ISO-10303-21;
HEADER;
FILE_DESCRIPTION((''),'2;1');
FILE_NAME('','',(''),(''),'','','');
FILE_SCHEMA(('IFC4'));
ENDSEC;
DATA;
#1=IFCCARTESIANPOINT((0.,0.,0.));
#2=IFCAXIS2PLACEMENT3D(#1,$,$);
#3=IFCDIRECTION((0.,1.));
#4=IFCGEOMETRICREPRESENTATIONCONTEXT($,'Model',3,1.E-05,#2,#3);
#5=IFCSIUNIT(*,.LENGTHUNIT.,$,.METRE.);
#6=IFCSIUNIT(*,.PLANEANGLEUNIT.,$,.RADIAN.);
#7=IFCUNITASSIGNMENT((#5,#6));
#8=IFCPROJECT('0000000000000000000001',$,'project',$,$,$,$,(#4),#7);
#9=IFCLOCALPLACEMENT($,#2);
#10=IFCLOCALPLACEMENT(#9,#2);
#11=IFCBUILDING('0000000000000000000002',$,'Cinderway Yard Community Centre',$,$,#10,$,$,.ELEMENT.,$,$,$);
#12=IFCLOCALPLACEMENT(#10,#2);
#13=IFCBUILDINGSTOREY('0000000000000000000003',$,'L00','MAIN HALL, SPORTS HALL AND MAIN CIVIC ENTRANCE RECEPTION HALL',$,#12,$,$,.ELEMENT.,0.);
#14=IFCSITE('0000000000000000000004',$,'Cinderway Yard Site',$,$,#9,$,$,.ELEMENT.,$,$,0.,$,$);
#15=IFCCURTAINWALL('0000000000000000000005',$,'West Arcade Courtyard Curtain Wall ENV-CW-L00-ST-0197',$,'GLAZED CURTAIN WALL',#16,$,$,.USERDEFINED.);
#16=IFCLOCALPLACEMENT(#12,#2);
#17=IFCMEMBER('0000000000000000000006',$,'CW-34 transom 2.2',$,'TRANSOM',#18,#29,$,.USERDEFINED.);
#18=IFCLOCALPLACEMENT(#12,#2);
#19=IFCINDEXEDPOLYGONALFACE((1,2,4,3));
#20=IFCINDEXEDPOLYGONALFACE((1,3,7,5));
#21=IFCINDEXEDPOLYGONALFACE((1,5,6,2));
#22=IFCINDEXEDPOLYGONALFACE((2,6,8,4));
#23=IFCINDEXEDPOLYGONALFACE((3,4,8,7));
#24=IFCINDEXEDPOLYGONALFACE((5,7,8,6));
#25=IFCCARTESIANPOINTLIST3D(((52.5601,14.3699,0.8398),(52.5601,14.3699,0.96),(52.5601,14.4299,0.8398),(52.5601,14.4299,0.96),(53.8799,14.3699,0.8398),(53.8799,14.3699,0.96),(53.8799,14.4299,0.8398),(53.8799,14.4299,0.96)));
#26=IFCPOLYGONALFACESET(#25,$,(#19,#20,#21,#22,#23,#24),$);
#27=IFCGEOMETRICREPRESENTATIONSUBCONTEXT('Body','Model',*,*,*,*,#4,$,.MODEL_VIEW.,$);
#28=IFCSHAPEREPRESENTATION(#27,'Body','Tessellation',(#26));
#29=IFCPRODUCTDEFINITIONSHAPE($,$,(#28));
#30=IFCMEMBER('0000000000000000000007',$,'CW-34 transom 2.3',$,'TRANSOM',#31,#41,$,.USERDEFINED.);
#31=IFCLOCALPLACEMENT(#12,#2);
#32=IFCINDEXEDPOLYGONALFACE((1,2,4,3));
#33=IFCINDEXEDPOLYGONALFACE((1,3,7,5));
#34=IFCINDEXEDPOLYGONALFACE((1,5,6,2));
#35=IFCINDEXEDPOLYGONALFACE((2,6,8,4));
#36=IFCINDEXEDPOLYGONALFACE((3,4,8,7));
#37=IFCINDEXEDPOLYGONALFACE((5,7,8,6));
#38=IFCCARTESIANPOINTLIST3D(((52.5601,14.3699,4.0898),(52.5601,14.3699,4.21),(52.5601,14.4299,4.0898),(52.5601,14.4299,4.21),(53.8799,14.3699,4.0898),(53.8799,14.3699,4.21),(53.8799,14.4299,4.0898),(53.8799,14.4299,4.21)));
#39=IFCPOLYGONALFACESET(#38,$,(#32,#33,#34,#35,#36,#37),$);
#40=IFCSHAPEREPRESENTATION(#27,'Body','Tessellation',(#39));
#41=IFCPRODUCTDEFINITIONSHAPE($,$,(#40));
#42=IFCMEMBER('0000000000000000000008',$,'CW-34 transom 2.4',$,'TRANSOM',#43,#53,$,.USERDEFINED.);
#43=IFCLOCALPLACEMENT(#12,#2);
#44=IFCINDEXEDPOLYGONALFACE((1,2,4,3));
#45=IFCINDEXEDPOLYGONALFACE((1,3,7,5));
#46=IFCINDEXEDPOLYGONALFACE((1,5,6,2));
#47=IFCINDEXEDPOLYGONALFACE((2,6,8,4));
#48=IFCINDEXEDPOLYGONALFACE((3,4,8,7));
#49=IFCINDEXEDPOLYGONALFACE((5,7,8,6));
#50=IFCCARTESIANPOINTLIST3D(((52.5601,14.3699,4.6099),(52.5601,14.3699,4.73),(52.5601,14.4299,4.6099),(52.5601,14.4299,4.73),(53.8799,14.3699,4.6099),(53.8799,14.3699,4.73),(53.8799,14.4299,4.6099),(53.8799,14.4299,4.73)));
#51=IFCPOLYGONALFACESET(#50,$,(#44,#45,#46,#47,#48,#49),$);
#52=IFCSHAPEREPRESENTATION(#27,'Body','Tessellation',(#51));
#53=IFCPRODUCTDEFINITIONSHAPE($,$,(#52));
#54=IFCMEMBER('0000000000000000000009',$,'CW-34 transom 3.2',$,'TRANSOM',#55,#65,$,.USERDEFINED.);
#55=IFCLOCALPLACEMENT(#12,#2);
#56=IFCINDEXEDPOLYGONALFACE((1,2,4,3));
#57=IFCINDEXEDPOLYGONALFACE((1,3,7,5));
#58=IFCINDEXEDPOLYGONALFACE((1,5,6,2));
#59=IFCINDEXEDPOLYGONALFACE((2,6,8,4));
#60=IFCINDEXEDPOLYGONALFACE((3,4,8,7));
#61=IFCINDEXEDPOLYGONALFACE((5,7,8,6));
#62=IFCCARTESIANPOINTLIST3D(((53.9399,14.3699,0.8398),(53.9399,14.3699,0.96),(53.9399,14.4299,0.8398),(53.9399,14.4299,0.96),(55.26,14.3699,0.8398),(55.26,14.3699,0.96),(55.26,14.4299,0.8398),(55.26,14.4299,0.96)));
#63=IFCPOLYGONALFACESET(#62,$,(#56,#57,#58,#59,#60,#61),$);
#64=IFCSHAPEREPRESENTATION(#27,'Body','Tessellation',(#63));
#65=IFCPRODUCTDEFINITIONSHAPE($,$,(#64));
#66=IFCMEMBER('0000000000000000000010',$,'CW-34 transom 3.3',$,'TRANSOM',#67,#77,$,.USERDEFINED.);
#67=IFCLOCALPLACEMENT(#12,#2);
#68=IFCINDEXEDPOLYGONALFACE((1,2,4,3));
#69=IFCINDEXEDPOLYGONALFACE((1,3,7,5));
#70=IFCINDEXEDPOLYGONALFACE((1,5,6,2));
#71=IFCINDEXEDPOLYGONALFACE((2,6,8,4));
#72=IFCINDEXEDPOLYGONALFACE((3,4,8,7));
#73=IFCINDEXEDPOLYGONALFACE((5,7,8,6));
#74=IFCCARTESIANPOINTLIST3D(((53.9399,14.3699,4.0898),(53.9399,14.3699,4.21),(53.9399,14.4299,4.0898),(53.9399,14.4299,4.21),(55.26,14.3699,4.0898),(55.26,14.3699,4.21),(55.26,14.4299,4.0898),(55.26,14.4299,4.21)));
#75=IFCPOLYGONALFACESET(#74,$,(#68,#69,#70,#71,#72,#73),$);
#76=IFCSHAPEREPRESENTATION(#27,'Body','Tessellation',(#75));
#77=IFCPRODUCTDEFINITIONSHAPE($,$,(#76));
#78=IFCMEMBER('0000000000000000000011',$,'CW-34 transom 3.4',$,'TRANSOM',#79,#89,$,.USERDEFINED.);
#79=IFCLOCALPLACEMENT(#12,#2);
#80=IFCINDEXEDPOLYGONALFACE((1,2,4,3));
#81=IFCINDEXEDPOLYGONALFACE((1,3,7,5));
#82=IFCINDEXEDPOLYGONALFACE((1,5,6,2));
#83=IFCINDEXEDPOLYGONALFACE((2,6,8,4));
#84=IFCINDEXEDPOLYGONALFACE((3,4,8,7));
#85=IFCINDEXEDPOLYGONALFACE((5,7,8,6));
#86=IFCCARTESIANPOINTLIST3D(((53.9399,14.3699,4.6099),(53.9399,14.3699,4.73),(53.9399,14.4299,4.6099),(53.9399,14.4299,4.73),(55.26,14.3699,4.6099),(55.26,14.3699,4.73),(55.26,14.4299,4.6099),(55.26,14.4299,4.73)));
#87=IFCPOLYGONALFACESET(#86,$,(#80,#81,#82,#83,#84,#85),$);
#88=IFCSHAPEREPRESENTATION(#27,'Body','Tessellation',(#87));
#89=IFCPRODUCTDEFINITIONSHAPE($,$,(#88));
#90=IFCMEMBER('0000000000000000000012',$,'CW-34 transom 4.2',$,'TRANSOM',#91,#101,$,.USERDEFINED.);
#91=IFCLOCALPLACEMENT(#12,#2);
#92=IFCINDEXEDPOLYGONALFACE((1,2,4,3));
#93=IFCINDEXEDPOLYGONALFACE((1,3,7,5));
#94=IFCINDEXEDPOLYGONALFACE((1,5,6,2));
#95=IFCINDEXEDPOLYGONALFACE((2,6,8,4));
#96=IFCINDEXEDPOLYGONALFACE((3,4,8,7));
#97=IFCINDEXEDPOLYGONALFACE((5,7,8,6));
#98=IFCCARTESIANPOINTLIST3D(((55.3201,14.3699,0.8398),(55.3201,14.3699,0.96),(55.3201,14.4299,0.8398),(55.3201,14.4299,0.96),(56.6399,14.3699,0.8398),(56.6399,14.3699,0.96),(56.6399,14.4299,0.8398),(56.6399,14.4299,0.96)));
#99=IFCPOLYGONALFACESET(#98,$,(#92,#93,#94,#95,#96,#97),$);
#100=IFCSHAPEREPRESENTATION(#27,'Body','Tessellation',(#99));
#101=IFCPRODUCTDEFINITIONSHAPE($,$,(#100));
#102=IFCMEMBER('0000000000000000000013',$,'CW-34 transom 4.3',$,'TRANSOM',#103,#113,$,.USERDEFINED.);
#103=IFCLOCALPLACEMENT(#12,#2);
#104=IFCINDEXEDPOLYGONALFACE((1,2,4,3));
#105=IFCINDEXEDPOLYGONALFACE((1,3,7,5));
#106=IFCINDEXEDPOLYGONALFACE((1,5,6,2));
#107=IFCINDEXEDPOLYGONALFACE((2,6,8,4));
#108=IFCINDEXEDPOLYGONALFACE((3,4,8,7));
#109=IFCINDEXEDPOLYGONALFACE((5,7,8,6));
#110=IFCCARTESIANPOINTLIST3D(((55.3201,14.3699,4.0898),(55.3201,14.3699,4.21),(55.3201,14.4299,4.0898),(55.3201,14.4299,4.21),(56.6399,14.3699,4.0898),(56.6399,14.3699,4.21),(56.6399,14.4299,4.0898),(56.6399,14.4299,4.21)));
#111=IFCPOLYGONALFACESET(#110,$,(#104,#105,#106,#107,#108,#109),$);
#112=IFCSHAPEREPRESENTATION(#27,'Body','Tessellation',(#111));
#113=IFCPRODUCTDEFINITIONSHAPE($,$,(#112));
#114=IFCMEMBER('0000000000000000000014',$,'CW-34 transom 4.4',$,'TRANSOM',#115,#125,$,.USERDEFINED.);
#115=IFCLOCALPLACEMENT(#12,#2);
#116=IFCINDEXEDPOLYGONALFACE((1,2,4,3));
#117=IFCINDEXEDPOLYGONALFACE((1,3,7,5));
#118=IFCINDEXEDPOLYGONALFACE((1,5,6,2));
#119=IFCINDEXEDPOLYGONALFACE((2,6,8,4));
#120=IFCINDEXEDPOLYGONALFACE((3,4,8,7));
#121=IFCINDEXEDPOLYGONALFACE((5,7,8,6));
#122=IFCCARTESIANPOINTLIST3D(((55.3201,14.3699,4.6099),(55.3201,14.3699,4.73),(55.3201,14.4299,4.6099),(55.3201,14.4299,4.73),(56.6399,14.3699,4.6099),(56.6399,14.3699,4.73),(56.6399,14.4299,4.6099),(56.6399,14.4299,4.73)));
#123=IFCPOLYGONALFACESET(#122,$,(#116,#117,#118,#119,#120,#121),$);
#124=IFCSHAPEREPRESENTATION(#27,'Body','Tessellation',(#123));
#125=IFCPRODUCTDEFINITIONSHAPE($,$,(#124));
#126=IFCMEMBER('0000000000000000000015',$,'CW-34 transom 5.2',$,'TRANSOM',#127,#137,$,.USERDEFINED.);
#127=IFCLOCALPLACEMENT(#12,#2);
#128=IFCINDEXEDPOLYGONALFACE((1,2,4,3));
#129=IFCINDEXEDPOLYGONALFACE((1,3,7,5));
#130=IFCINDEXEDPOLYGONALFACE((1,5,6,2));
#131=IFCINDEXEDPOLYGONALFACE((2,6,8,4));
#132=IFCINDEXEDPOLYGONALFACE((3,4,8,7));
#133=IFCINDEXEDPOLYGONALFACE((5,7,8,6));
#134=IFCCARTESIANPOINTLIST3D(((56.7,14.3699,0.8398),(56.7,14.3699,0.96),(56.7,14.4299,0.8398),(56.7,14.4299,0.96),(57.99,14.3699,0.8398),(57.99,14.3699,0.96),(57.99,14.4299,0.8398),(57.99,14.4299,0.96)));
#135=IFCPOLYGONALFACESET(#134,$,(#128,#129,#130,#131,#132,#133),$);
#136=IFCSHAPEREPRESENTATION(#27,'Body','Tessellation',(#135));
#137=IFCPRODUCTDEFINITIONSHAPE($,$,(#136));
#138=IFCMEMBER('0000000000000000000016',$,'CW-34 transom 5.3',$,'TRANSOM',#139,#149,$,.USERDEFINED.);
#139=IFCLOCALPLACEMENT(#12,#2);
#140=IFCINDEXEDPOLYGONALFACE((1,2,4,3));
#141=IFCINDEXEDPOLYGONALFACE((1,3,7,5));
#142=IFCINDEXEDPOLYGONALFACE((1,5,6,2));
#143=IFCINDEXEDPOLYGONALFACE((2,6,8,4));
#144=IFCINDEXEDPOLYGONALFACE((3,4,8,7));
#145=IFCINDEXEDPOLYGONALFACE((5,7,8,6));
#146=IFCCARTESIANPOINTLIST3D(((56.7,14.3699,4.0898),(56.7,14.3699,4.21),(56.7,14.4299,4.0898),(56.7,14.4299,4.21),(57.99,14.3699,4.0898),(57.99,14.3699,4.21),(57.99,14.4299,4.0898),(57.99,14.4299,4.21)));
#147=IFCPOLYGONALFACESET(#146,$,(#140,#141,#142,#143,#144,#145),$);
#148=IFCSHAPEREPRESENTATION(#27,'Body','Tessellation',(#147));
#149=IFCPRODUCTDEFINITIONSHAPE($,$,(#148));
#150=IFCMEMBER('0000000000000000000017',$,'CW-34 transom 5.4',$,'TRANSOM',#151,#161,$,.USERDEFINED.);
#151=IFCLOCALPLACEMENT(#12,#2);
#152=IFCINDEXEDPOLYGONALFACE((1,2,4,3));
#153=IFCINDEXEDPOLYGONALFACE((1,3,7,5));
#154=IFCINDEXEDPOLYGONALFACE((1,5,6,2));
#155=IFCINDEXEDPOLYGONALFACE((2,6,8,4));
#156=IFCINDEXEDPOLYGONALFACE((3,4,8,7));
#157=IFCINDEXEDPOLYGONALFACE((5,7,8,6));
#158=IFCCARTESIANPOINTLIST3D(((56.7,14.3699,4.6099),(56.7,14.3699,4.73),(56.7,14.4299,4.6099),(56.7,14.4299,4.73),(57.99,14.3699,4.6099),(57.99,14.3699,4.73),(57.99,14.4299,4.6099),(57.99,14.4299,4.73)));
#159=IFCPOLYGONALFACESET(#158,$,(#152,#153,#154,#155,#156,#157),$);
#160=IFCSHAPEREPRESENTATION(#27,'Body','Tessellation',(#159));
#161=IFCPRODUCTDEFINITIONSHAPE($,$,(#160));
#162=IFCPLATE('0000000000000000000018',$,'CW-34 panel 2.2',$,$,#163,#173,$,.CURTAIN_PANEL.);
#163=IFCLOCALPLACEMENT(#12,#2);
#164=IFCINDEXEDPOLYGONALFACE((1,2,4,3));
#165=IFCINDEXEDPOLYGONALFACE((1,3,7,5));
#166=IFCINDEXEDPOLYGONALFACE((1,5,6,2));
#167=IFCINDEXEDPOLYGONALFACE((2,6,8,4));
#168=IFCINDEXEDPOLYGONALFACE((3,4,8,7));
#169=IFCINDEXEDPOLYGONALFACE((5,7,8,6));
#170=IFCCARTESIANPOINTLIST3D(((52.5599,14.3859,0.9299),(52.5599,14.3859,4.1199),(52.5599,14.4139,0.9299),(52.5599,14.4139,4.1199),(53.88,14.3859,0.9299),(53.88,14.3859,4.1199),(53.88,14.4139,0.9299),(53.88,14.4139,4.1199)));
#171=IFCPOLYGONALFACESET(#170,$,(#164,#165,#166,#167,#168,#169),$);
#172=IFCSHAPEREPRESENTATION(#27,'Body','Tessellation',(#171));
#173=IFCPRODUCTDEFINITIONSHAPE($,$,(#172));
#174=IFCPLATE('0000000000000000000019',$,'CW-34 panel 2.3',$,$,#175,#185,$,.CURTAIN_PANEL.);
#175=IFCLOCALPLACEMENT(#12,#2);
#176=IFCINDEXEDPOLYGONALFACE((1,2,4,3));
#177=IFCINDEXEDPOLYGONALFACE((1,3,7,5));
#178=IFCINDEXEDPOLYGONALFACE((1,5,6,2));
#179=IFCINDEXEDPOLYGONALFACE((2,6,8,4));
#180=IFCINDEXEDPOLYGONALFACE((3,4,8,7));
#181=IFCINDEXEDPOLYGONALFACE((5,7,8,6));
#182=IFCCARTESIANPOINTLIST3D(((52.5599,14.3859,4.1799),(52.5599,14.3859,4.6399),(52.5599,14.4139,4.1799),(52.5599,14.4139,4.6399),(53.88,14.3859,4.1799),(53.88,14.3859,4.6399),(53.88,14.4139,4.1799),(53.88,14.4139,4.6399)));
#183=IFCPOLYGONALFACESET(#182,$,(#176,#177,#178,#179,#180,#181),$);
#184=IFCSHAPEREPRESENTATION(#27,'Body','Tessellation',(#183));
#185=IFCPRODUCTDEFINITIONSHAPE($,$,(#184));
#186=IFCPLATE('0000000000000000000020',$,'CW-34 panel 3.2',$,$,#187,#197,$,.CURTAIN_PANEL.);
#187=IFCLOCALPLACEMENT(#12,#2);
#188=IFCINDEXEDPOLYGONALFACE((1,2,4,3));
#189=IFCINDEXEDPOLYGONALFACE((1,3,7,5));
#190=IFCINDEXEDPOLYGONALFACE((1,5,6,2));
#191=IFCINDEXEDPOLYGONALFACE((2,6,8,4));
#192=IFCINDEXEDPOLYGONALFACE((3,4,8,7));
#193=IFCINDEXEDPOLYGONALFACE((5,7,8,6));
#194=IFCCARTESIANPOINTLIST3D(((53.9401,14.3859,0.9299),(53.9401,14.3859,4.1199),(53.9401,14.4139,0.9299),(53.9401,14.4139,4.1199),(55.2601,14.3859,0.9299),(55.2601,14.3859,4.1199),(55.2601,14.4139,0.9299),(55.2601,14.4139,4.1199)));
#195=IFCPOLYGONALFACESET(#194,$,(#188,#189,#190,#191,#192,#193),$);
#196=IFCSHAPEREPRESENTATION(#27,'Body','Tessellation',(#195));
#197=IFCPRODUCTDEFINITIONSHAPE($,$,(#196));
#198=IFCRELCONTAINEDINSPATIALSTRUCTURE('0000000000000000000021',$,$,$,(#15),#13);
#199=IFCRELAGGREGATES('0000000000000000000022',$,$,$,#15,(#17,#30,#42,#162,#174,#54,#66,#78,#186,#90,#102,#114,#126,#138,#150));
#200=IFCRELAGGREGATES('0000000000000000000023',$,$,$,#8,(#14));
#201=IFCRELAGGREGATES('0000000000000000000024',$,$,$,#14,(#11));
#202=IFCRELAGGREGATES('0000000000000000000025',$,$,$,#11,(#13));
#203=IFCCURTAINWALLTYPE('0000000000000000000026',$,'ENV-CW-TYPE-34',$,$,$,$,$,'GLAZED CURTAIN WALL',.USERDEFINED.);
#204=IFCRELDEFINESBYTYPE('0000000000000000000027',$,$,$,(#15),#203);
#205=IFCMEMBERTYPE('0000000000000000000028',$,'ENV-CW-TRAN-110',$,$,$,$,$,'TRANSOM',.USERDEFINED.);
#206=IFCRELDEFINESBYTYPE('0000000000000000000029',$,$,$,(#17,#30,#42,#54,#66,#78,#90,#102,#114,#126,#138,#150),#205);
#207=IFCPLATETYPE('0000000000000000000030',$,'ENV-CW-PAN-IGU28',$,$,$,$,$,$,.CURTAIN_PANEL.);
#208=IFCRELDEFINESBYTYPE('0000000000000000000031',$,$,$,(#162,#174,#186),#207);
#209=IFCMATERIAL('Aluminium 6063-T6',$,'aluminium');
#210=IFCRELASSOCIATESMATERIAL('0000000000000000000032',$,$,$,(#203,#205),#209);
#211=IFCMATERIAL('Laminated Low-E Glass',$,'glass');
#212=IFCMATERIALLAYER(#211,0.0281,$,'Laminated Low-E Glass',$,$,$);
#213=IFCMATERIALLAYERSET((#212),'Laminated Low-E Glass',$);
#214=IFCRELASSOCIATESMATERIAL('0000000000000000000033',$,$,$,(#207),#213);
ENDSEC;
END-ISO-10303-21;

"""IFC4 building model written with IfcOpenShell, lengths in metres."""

from ifc_helpers import new_model, si_unit, direction, frame, origin, origin_2d, place, context, subcontext, project, spatial, rectangle, extrude, material, layer, layer_set, material_profile, profile_set, type_object, element, aggregate, save


model = new_model("IFC4")

# Units and contexts
model_context = context("Model", 3, precision=1e-05, world=origin(), true_north=direction((0.0, 1.0)))
body_context = subcontext(model_context, "Body", "Model", "MODEL_VIEW")
ifc_project = project(units=[si_unit("LENGTHUNIT", "METRE"), si_unit("PLANEANGLEUNIT", "RADIAN")], contexts=[model_context])

# Site, building, storey
site_placement = place(None, origin())
site = spatial("IfcSite", under=ifc_project, at=site_placement, Name="Cinderway Yard Site", CompositionType="ELEMENT", RefElevation=0.0)
building_placement = place(site_placement, origin())
building = spatial("IfcBuilding", under=site, at=building_placement, Name="Cinderway Yard Community Centre", CompositionType="ELEMENT")
storey_placement = place(building_placement, origin())
storey = spatial("IfcBuildingStorey", under=building, at=storey_placement, Name="L00", Description="MAIN HALL, SPORTS HALL AND MAIN CIVIC ENTRANCE RECEPTION HALL", CompositionType="ELEMENT", Elevation=0.0)

# Curtain wall, members, plates
ifc_material_1 = material(Name="Aluminium 6063-T6", Category="aluminium")
curtain_wall_type = type_object("IfcCurtainWallType", Name="ENV-CW-TYPE-34", ElementType="GLAZED CURTAIN WALL", PredefinedType="USERDEFINED", material=ifc_material_1)
curtain_wall_placement = place(storey_placement, origin())
curtain_wall = element("IfcCurtainWall", 1, at=curtain_wall_placement, inside=storey, type_object=curtain_wall_type, Name="West Arcade Courtyard Curtain Wall ENV-CW-L00-ST-0197", ObjectType="GLAZED CURTAIN WALL", PredefinedType="USERDEFINED")
ifc_material_profile = material_profile(ifc_material_1, rectangle(XDim=0.0601, YDim=0.1201, at=origin_2d()), Name="Aluminium 6063-T6")
ifc_profile_set = profile_set([ifc_material_profile], Name="Aluminium 6063-T6")
member_type = type_object("IfcMemberType", Name="ENV-CW-TRAN-110", ElementType="TRANSOM", PredefinedType="USERDEFINED", material=ifc_profile_set)
member_1_placement = place(storey_placement, frame((52.5601, 14.3999, 0.8999), z_axis=(1.0, 0.0, 0.0), x_axis=(0.0, 1.0, 0.0)))
member_1 = element("IfcMember", 2, at=member_1_placement, type_object=member_type, Name="CW-34 transom 2.2", ObjectType="TRANSOM", PredefinedType="USERDEFINED", context=body_context, shape_type="SweptSolid", body=[
    extrude(rectangle(XDim=0.0601, YDim=0.1201, at=origin_2d()), origin(), (0.0, 0.0, 1.0), 1.3198),
])
member_2_placement = place(storey_placement, frame((52.5601, 14.3999, 4.1499), z_axis=(1.0, 0.0, 0.0), x_axis=(0.0, 1.0, 0.0)))
member_2 = element("IfcMember", 3, at=member_2_placement, type_object=member_type, Name="CW-34 transom 2.3", ObjectType="TRANSOM", PredefinedType="USERDEFINED", context=body_context, shape_type="SweptSolid", body=[
    extrude(rectangle(XDim=0.0601, YDim=0.1201, at=origin_2d()), origin(), (0.0, 0.0, 1.0), 1.3198),
])
member_3_placement = place(storey_placement, frame((52.5601, 14.3999, 4.6699), z_axis=(1.0, 0.0, 0.0), x_axis=(0.0, 1.0, 0.0)))
member_3 = element("IfcMember", 4, at=member_3_placement, type_object=member_type, Name="CW-34 transom 2.4", ObjectType="TRANSOM", PredefinedType="USERDEFINED", context=body_context, shape_type="SweptSolid", body=[
    extrude(rectangle(XDim=0.0601, YDim=0.1201, at=origin_2d()), origin(), (0.0, 0.0, 1.0), 1.3198),
])
member_4_placement = place(storey_placement, frame((53.9399, 14.3999, 0.8999), z_axis=(1.0, 0.0, 0.0), x_axis=(0.0, 1.0, 0.0)))
member_4 = element("IfcMember", 5, at=member_4_placement, type_object=member_type, Name="CW-34 transom 3.2", ObjectType="TRANSOM", PredefinedType="USERDEFINED", context=body_context, shape_type="SweptSolid", body=[
    extrude(rectangle(XDim=0.0601, YDim=0.1201, at=origin_2d()), origin(), (0.0, 0.0, 1.0), 1.3201),
])
member_5_placement = place(storey_placement, frame((53.9399, 14.3999, 4.1499), z_axis=(1.0, 0.0, 0.0), x_axis=(0.0, 1.0, 0.0)))
member_5 = element("IfcMember", 6, at=member_5_placement, type_object=member_type, Name="CW-34 transom 3.3", ObjectType="TRANSOM", PredefinedType="USERDEFINED", context=body_context, shape_type="SweptSolid", body=[
    extrude(rectangle(XDim=0.0601, YDim=0.1201, at=origin_2d()), origin(), (0.0, 0.0, 1.0), 1.3201),
])
member_6_placement = place(storey_placement, frame((53.9399, 14.3999, 4.6699), z_axis=(1.0, 0.0, 0.0), x_axis=(0.0, 1.0, 0.0)))
member_6 = element("IfcMember", 7, at=member_6_placement, type_object=member_type, Name="CW-34 transom 3.4", ObjectType="TRANSOM", PredefinedType="USERDEFINED", context=body_context, shape_type="SweptSolid", body=[
    extrude(rectangle(XDim=0.0601, YDim=0.1201, at=origin_2d()), origin(), (0.0, 0.0, 1.0), 1.3201),
])
member_7_placement = place(storey_placement, frame((55.3201, 14.3999, 0.8999), z_axis=(1.0, 0.0, 0.0), x_axis=(0.0, 1.0, 0.0)))
member_7 = element("IfcMember", 8, at=member_7_placement, type_object=member_type, Name="CW-34 transom 4.2", ObjectType="TRANSOM", PredefinedType="USERDEFINED", context=body_context, shape_type="SweptSolid", body=[
    extrude(rectangle(XDim=0.0601, YDim=0.1201, at=origin_2d()), origin(), (0.0, 0.0, 1.0), 1.3198),
])
member_8_placement = place(storey_placement, frame((55.3201, 14.3999, 4.1499), z_axis=(1.0, 0.0, 0.0), x_axis=(0.0, 1.0, 0.0)))
member_8 = element("IfcMember", 9, at=member_8_placement, type_object=member_type, Name="CW-34 transom 4.3", ObjectType="TRANSOM", PredefinedType="USERDEFINED", context=body_context, shape_type="SweptSolid", body=[
    extrude(rectangle(XDim=0.0601, YDim=0.1201, at=origin_2d()), origin(), (0.0, 0.0, 1.0), 1.3198),
])
member_9_placement = place(storey_placement, frame((55.3201, 14.3999, 4.6699), z_axis=(1.0, 0.0, 0.0), x_axis=(0.0, 1.0, 0.0)))
member_9 = element("IfcMember", 10, at=member_9_placement, type_object=member_type, Name="CW-34 transom 4.4", ObjectType="TRANSOM", PredefinedType="USERDEFINED", context=body_context, shape_type="SweptSolid", body=[
    extrude(rectangle(XDim=0.0601, YDim=0.1201, at=origin_2d()), origin(), (0.0, 0.0, 1.0), 1.3198),
])
member_10_placement = place(storey_placement, frame((56.7, 14.3999, 0.8999), z_axis=(1.0, 0.0, 0.0), x_axis=(0.0, 1.0, 0.0)))
member_10 = element("IfcMember", 11, at=member_10_placement, type_object=member_type, Name="CW-34 transom 5.2", ObjectType="TRANSOM", PredefinedType="USERDEFINED", context=body_context, shape_type="SweptSolid", body=[
    extrude(rectangle(XDim=0.0601, YDim=0.1201, at=origin_2d()), origin(), (0.0, 0.0, 1.0), 1.29),
])
member_11_placement = place(storey_placement, frame((56.7, 14.3999, 4.1499), z_axis=(1.0, 0.0, 0.0), x_axis=(0.0, 1.0, 0.0)))
member_11 = element("IfcMember", 12, at=member_11_placement, type_object=member_type, Name="CW-34 transom 5.3", ObjectType="TRANSOM", PredefinedType="USERDEFINED", context=body_context, shape_type="SweptSolid", body=[
    extrude(rectangle(XDim=0.0601, YDim=0.1201, at=origin_2d()), origin(), (0.0, 0.0, 1.0), 1.29),
])
member_12_placement = place(storey_placement, frame((56.7, 14.3999, 4.6699), z_axis=(1.0, 0.0, 0.0), x_axis=(0.0, 1.0, 0.0)))
member_12 = element("IfcMember", 13, at=member_12_placement, type_object=member_type, Name="CW-34 transom 5.4", ObjectType="TRANSOM", PredefinedType="USERDEFINED", context=body_context, shape_type="SweptSolid", body=[
    extrude(rectangle(XDim=0.0601, YDim=0.1201, at=origin_2d()), origin(), (0.0, 0.0, 1.0), 1.29),
])
ifc_material_2 = material(Name="Laminated Low-E Glass", Category="glass")
ifc_layer_1 = layer(ifc_material_2, 0.0281, Name="Laminated Low-E Glass")
ifc_layer_set_1 = layer_set([ifc_layer_1], Name="Laminated Low-E Glass")
plate_type = type_object("IfcPlateType", Name="ENV-CW-PAN-IGU28", PredefinedType="CURTAIN_PANEL", material=ifc_layer_set_1)
plate_1_placement = place(storey_placement, frame((53.22, 14.3999, 0.9299), z_axis=(0.0, 0.0, 1.0), x_axis=(1.0, 0.0, 0.0)))
plate_1 = element("IfcPlate", 14, at=plate_1_placement, type_object=plate_type, Name="CW-34 panel 2.2", PredefinedType="CURTAIN_PANEL", context=body_context, shape_type="SweptSolid", body=[
    extrude(rectangle(XDim=1.3201, YDim=0.0281, at=origin_2d()), origin(), (0.0, 0.0, 1.0), 3.1899),
])
plate_2_placement = place(storey_placement, frame((53.22, 14.3999, 4.1799), z_axis=(0.0, 0.0, 1.0), x_axis=(1.0, 0.0, 0.0)))
plate_2 = element("IfcPlate", 15, at=plate_2_placement, type_object=plate_type, Name="CW-34 panel 2.3", PredefinedType="CURTAIN_PANEL", context=body_context, shape_type="SweptSolid", body=[
    extrude(rectangle(XDim=1.3201, YDim=0.0281, at=origin_2d()), origin(), (0.0, 0.0, 1.0), 0.46),
])
plate_3_placement = place(storey_placement, frame((54.6001, 14.3999, 0.9299), z_axis=(0.0, 0.0, 1.0), x_axis=(1.0, 0.0, 0.0)))
plate_3 = element("IfcPlate", 16, at=plate_3_placement, type_object=plate_type, Name="CW-34 panel 3.2", PredefinedType="CURTAIN_PANEL", context=body_context, shape_type="SweptSolid", body=[
    extrude(rectangle(XDim=1.3201, YDim=0.0281, at=origin_2d()), origin(), (0.0, 0.0, 1.0), 3.1899),
])
aggregate(curtain_wall, [member_1, member_2, member_3, plate_1, plate_2, member_4, member_5, member_6, plate_3, member_7, member_8, member_9, member_10, member_11, member_12])

save(model, "model.ifc")
